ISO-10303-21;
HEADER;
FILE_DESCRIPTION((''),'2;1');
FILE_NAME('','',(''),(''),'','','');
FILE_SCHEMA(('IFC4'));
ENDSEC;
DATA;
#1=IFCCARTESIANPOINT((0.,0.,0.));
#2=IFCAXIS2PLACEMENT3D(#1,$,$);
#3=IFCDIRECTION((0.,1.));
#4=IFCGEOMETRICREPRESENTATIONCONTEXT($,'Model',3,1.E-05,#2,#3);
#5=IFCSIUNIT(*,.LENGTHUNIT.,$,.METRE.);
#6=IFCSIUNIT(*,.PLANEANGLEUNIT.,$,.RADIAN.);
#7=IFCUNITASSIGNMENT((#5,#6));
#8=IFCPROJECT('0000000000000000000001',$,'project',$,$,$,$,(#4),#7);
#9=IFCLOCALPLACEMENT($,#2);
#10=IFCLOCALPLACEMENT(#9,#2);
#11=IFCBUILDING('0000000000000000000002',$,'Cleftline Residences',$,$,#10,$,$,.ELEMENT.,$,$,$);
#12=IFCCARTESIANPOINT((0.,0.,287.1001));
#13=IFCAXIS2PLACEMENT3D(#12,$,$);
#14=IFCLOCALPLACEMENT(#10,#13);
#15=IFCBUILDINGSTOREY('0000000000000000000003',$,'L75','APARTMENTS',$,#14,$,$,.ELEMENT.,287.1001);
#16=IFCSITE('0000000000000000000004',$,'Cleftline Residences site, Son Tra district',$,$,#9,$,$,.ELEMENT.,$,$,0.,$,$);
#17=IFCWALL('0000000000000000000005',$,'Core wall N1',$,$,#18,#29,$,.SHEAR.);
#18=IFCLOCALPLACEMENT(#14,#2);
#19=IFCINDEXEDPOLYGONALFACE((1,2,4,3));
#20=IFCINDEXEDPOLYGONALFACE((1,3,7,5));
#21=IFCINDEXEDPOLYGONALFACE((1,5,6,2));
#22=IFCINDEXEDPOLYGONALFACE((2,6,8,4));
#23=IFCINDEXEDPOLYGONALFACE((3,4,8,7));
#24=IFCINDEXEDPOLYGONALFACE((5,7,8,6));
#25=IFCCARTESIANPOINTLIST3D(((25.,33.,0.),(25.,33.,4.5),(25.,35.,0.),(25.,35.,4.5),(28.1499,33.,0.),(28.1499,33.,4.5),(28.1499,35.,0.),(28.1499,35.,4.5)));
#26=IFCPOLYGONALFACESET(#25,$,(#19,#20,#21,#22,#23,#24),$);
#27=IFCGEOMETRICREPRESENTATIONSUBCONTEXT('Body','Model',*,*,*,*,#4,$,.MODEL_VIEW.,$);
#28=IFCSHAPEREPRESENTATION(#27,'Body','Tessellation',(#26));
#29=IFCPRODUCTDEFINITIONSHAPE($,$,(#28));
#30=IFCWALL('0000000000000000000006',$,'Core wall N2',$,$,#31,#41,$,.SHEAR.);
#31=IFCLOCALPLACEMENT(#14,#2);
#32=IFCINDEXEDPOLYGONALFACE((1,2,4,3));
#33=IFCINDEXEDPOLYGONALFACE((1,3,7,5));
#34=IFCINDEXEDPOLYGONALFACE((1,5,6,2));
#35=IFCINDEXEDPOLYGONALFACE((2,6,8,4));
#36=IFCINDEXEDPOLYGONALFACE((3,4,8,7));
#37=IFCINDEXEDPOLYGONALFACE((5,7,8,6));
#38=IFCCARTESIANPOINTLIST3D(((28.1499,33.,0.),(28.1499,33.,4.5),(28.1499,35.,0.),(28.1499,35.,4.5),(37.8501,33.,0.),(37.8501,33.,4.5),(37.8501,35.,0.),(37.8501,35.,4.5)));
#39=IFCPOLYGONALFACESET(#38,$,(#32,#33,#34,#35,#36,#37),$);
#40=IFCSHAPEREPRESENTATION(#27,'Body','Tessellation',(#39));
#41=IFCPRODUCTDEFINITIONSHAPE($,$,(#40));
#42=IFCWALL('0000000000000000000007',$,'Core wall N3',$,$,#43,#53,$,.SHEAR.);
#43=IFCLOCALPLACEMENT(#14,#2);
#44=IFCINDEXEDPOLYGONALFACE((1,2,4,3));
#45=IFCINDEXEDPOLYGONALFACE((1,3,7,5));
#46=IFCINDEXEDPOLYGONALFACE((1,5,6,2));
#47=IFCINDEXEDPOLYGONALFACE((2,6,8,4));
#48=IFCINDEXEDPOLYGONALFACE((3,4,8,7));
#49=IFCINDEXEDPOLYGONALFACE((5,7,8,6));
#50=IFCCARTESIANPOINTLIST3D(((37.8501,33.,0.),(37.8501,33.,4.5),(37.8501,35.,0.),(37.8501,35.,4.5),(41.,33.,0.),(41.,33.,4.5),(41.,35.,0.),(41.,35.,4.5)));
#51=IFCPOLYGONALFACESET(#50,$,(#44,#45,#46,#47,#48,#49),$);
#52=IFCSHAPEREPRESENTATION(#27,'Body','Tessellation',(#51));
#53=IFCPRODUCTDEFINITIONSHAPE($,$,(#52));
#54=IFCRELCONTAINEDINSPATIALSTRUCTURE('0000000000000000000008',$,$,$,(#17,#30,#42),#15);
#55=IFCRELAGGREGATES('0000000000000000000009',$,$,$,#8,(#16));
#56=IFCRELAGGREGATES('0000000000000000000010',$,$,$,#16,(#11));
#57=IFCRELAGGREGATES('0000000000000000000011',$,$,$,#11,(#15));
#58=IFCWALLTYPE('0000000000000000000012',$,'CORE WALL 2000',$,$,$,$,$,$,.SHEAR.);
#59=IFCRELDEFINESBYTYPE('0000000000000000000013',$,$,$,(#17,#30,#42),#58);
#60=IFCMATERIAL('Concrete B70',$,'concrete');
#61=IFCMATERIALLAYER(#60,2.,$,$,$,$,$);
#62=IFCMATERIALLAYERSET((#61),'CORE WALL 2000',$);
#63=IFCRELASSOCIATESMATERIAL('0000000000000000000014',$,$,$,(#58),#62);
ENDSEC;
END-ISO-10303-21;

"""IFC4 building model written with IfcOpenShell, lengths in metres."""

from ifc_helpers import new_model, si_unit, direction, frame, frame_2d, origin, place, context, subcontext, project, spatial, rectangle, extrude, material, layer, layer_set, type_object, element, save


model = new_model("IFC4")

# Units and contexts
model_context = context("Model", 3, precision=1e-05, world=origin(), true_north=direction((0.0, 1.0)))
body_context = subcontext(model_context, "Body", "Model", "MODEL_VIEW")
ifc_project = project(units=[si_unit("LENGTHUNIT", "METRE"), si_unit("PLANEANGLEUNIT", "RADIAN")], contexts=[model_context])

# Site, building, storey
site_placement = place(None, origin())
site = spatial("IfcSite", under=ifc_project, at=site_placement, Name="Cleftline Residences site, Son Tra district", CompositionType="ELEMENT", RefElevation=0.0)
building_placement = place(site_placement, origin())
building = spatial("IfcBuilding", under=site, at=building_placement, Name="Cleftline Residences", CompositionType="ELEMENT")
storey_placement = place(building_placement, frame((0.0, 0.0, 287.1001)))
storey = spatial("IfcBuildingStorey", under=building, at=storey_placement, Name="L75", Description="APARTMENTS", CompositionType="ELEMENT", Elevation=287.1001)

# Walls
ifc_material_1 = material(Name="Concrete B70", Category="concrete")
ifc_layer_1 = layer(ifc_material_1, 2.0)
ifc_layer_set_1 = layer_set([ifc_layer_1], Name="CORE WALL 2000")
wall_type = type_object("IfcWallType", Name="CORE WALL 2000", PredefinedType="SHEAR", material=ifc_layer_set_1)
wall_1_placement = place(storey_placement, frame((25.0, 34.0, 0.0), z_axis=(0.0, 0.0, 1.0), x_axis=(1.0, 0.0, 0.0)))
element("IfcWall", 1, at=wall_1_placement, inside=storey, type_object=wall_type, Name="Core wall N1", PredefinedType="SHEAR", context=body_context, shape_type="SweptSolid", body=[
    extrude(rectangle(XDim=3.1499, YDim=2.0, at=frame_2d((1.575, 0.0))), origin(), (0.0, 0.0, 1.0), 4.5),
])
wall_2_placement = place(storey_placement, frame((28.1499, 34.0, 0.0), z_axis=(0.0, 0.0, 1.0), x_axis=(1.0, 0.0, 0.0)))
element("IfcWall", 2, at=wall_2_placement, inside=storey, type_object=wall_type, Name="Core wall N2", PredefinedType="SHEAR", context=body_context, shape_type="SweptSolid", body=[
    extrude(rectangle(XDim=9.7002, YDim=2.0, at=frame_2d((4.8501, 0.0))), origin(), (0.0, 0.0, 1.0), 4.5),
])
wall_3_placement = place(storey_placement, frame((37.8501, 34.0, 0.0), z_axis=(0.0, 0.0, 1.0), x_axis=(1.0, 0.0, 0.0)))
element("IfcWall", 3, at=wall_3_placement, inside=storey, type_object=wall_type, Name="Core wall N3", PredefinedType="SHEAR", context=body_context, shape_type="SweptSolid", body=[
    extrude(rectangle(XDim=3.1499, YDim=2.0, at=frame_2d((1.575, 0.0))), origin(), (0.0, 0.0, 1.0), 4.5),
])

save(model, "model.ifc")
